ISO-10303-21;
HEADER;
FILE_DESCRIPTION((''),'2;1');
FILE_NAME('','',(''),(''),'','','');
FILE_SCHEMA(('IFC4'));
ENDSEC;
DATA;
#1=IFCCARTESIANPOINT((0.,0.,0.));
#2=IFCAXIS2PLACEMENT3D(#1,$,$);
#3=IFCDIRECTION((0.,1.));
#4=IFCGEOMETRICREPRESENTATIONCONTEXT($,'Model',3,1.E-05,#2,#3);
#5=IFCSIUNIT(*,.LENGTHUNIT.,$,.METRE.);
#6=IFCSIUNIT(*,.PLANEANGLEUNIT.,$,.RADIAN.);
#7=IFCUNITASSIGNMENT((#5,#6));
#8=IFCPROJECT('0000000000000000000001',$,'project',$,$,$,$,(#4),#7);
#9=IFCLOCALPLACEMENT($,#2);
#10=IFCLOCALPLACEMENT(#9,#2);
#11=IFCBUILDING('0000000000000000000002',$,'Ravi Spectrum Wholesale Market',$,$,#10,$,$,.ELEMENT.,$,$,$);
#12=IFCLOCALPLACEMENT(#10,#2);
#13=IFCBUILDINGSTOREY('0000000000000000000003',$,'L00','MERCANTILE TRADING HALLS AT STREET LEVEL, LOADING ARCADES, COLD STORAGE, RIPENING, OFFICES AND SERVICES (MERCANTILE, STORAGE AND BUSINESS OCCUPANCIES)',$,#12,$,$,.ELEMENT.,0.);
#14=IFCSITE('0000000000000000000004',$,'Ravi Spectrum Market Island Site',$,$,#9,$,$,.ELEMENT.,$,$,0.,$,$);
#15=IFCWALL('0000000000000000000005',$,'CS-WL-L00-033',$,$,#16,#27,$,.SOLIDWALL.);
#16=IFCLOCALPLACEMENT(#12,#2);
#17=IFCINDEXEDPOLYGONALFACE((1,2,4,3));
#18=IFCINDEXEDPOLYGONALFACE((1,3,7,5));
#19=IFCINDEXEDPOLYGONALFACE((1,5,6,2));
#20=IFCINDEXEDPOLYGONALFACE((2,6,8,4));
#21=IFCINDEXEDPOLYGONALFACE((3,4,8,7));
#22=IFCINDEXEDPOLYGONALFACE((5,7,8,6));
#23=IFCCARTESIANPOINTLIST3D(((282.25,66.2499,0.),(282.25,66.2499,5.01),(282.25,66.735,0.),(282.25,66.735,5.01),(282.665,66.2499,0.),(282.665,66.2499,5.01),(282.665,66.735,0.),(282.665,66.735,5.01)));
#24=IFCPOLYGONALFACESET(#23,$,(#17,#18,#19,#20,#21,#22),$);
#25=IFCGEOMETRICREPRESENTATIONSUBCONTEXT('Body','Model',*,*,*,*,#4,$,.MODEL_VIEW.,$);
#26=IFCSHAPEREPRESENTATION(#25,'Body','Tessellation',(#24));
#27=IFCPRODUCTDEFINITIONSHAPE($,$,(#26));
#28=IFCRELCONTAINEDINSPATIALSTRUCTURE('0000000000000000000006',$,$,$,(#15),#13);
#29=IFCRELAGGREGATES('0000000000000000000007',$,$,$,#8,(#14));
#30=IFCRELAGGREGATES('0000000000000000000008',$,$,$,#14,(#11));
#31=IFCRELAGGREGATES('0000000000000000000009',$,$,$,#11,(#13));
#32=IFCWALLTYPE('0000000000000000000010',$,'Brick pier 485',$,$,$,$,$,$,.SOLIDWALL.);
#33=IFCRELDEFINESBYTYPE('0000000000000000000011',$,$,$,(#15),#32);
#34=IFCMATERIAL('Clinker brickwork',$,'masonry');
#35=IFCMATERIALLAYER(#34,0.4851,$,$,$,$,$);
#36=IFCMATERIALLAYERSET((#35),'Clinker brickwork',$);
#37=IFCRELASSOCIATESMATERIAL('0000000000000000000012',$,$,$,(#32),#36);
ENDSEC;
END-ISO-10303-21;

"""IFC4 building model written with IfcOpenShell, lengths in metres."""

from ifc_helpers import new_model, si_unit, direction, frame, frame_2d, origin, place, context, subcontext, project, spatial, rectangle, extrude, material, layer, layer_set, type_object, element, save


model = new_model("IFC4")

# Units and contexts
model_context = context("Model", 3, precision=1e-05, world=origin(), true_north=direction((0.0, 1.0)))
body_context = subcontext(model_context, "Body", "Model", "MODEL_VIEW")
ifc_project = project(units=[si_unit("LENGTHUNIT", "METRE"), si_unit("PLANEANGLEUNIT", "RADIAN")], contexts=[model_context])

# Site, building, storey
site_placement = place(None, origin())
site = spatial("IfcSite", under=ifc_project, at=site_placement, Name="Ravi Spectrum Market Island Site", CompositionType="ELEMENT", RefElevation=0.0)
building_placement = place(site_placement, origin())
building = spatial("IfcBuilding", under=site, at=building_placement, Name="Ravi Spectrum Wholesale Market", CompositionType="ELEMENT")
storey_placement = place(building_placement, origin())
storey = spatial("IfcBuildingStorey", under=building, at=storey_placement, Name="L00", Description="MERCANTILE TRADING HALLS AT STREET LEVEL, LOADING ARCADES, COLD STORAGE, RIPENING, OFFICES AND SERVICES (MERCANTILE, STORAGE AND BUSINESS OCCUPANCIES)", CompositionType="ELEMENT", Elevation=0.0)

# Wall
ifc_material_1 = material(Name="Clinker brickwork", Category="masonry")
ifc_layer_1 = layer(ifc_material_1, 0.4851)
ifc_layer_set_1 = layer_set([ifc_layer_1], Name="Clinker brickwork")
wall_type_1 = type_object("IfcWallType", Name="Brick pier 485", PredefinedType="SOLIDWALL", material=ifc_layer_set_1)
wall_1_placement = place(storey_placement, frame((282.25, 66.4924, 0.0), z_axis=(0.0, 0.0, 1.0), x_axis=(1.0, 0.0, 0.0)))
element("IfcWall", 1, at=wall_1_placement, inside=storey, type_object=wall_type_1, Name="CS-WL-L00-033", PredefinedType="SOLIDWALL", context=body_context, shape_type="SweptSolid", body=[
    extrude(rectangle(XDim=0.415, YDim=0.4851, at=frame_2d((0.2075, 0.0))), origin(), (0.0, 0.0, 1.0), 5.01),
])

save(model, "model.ifc")
